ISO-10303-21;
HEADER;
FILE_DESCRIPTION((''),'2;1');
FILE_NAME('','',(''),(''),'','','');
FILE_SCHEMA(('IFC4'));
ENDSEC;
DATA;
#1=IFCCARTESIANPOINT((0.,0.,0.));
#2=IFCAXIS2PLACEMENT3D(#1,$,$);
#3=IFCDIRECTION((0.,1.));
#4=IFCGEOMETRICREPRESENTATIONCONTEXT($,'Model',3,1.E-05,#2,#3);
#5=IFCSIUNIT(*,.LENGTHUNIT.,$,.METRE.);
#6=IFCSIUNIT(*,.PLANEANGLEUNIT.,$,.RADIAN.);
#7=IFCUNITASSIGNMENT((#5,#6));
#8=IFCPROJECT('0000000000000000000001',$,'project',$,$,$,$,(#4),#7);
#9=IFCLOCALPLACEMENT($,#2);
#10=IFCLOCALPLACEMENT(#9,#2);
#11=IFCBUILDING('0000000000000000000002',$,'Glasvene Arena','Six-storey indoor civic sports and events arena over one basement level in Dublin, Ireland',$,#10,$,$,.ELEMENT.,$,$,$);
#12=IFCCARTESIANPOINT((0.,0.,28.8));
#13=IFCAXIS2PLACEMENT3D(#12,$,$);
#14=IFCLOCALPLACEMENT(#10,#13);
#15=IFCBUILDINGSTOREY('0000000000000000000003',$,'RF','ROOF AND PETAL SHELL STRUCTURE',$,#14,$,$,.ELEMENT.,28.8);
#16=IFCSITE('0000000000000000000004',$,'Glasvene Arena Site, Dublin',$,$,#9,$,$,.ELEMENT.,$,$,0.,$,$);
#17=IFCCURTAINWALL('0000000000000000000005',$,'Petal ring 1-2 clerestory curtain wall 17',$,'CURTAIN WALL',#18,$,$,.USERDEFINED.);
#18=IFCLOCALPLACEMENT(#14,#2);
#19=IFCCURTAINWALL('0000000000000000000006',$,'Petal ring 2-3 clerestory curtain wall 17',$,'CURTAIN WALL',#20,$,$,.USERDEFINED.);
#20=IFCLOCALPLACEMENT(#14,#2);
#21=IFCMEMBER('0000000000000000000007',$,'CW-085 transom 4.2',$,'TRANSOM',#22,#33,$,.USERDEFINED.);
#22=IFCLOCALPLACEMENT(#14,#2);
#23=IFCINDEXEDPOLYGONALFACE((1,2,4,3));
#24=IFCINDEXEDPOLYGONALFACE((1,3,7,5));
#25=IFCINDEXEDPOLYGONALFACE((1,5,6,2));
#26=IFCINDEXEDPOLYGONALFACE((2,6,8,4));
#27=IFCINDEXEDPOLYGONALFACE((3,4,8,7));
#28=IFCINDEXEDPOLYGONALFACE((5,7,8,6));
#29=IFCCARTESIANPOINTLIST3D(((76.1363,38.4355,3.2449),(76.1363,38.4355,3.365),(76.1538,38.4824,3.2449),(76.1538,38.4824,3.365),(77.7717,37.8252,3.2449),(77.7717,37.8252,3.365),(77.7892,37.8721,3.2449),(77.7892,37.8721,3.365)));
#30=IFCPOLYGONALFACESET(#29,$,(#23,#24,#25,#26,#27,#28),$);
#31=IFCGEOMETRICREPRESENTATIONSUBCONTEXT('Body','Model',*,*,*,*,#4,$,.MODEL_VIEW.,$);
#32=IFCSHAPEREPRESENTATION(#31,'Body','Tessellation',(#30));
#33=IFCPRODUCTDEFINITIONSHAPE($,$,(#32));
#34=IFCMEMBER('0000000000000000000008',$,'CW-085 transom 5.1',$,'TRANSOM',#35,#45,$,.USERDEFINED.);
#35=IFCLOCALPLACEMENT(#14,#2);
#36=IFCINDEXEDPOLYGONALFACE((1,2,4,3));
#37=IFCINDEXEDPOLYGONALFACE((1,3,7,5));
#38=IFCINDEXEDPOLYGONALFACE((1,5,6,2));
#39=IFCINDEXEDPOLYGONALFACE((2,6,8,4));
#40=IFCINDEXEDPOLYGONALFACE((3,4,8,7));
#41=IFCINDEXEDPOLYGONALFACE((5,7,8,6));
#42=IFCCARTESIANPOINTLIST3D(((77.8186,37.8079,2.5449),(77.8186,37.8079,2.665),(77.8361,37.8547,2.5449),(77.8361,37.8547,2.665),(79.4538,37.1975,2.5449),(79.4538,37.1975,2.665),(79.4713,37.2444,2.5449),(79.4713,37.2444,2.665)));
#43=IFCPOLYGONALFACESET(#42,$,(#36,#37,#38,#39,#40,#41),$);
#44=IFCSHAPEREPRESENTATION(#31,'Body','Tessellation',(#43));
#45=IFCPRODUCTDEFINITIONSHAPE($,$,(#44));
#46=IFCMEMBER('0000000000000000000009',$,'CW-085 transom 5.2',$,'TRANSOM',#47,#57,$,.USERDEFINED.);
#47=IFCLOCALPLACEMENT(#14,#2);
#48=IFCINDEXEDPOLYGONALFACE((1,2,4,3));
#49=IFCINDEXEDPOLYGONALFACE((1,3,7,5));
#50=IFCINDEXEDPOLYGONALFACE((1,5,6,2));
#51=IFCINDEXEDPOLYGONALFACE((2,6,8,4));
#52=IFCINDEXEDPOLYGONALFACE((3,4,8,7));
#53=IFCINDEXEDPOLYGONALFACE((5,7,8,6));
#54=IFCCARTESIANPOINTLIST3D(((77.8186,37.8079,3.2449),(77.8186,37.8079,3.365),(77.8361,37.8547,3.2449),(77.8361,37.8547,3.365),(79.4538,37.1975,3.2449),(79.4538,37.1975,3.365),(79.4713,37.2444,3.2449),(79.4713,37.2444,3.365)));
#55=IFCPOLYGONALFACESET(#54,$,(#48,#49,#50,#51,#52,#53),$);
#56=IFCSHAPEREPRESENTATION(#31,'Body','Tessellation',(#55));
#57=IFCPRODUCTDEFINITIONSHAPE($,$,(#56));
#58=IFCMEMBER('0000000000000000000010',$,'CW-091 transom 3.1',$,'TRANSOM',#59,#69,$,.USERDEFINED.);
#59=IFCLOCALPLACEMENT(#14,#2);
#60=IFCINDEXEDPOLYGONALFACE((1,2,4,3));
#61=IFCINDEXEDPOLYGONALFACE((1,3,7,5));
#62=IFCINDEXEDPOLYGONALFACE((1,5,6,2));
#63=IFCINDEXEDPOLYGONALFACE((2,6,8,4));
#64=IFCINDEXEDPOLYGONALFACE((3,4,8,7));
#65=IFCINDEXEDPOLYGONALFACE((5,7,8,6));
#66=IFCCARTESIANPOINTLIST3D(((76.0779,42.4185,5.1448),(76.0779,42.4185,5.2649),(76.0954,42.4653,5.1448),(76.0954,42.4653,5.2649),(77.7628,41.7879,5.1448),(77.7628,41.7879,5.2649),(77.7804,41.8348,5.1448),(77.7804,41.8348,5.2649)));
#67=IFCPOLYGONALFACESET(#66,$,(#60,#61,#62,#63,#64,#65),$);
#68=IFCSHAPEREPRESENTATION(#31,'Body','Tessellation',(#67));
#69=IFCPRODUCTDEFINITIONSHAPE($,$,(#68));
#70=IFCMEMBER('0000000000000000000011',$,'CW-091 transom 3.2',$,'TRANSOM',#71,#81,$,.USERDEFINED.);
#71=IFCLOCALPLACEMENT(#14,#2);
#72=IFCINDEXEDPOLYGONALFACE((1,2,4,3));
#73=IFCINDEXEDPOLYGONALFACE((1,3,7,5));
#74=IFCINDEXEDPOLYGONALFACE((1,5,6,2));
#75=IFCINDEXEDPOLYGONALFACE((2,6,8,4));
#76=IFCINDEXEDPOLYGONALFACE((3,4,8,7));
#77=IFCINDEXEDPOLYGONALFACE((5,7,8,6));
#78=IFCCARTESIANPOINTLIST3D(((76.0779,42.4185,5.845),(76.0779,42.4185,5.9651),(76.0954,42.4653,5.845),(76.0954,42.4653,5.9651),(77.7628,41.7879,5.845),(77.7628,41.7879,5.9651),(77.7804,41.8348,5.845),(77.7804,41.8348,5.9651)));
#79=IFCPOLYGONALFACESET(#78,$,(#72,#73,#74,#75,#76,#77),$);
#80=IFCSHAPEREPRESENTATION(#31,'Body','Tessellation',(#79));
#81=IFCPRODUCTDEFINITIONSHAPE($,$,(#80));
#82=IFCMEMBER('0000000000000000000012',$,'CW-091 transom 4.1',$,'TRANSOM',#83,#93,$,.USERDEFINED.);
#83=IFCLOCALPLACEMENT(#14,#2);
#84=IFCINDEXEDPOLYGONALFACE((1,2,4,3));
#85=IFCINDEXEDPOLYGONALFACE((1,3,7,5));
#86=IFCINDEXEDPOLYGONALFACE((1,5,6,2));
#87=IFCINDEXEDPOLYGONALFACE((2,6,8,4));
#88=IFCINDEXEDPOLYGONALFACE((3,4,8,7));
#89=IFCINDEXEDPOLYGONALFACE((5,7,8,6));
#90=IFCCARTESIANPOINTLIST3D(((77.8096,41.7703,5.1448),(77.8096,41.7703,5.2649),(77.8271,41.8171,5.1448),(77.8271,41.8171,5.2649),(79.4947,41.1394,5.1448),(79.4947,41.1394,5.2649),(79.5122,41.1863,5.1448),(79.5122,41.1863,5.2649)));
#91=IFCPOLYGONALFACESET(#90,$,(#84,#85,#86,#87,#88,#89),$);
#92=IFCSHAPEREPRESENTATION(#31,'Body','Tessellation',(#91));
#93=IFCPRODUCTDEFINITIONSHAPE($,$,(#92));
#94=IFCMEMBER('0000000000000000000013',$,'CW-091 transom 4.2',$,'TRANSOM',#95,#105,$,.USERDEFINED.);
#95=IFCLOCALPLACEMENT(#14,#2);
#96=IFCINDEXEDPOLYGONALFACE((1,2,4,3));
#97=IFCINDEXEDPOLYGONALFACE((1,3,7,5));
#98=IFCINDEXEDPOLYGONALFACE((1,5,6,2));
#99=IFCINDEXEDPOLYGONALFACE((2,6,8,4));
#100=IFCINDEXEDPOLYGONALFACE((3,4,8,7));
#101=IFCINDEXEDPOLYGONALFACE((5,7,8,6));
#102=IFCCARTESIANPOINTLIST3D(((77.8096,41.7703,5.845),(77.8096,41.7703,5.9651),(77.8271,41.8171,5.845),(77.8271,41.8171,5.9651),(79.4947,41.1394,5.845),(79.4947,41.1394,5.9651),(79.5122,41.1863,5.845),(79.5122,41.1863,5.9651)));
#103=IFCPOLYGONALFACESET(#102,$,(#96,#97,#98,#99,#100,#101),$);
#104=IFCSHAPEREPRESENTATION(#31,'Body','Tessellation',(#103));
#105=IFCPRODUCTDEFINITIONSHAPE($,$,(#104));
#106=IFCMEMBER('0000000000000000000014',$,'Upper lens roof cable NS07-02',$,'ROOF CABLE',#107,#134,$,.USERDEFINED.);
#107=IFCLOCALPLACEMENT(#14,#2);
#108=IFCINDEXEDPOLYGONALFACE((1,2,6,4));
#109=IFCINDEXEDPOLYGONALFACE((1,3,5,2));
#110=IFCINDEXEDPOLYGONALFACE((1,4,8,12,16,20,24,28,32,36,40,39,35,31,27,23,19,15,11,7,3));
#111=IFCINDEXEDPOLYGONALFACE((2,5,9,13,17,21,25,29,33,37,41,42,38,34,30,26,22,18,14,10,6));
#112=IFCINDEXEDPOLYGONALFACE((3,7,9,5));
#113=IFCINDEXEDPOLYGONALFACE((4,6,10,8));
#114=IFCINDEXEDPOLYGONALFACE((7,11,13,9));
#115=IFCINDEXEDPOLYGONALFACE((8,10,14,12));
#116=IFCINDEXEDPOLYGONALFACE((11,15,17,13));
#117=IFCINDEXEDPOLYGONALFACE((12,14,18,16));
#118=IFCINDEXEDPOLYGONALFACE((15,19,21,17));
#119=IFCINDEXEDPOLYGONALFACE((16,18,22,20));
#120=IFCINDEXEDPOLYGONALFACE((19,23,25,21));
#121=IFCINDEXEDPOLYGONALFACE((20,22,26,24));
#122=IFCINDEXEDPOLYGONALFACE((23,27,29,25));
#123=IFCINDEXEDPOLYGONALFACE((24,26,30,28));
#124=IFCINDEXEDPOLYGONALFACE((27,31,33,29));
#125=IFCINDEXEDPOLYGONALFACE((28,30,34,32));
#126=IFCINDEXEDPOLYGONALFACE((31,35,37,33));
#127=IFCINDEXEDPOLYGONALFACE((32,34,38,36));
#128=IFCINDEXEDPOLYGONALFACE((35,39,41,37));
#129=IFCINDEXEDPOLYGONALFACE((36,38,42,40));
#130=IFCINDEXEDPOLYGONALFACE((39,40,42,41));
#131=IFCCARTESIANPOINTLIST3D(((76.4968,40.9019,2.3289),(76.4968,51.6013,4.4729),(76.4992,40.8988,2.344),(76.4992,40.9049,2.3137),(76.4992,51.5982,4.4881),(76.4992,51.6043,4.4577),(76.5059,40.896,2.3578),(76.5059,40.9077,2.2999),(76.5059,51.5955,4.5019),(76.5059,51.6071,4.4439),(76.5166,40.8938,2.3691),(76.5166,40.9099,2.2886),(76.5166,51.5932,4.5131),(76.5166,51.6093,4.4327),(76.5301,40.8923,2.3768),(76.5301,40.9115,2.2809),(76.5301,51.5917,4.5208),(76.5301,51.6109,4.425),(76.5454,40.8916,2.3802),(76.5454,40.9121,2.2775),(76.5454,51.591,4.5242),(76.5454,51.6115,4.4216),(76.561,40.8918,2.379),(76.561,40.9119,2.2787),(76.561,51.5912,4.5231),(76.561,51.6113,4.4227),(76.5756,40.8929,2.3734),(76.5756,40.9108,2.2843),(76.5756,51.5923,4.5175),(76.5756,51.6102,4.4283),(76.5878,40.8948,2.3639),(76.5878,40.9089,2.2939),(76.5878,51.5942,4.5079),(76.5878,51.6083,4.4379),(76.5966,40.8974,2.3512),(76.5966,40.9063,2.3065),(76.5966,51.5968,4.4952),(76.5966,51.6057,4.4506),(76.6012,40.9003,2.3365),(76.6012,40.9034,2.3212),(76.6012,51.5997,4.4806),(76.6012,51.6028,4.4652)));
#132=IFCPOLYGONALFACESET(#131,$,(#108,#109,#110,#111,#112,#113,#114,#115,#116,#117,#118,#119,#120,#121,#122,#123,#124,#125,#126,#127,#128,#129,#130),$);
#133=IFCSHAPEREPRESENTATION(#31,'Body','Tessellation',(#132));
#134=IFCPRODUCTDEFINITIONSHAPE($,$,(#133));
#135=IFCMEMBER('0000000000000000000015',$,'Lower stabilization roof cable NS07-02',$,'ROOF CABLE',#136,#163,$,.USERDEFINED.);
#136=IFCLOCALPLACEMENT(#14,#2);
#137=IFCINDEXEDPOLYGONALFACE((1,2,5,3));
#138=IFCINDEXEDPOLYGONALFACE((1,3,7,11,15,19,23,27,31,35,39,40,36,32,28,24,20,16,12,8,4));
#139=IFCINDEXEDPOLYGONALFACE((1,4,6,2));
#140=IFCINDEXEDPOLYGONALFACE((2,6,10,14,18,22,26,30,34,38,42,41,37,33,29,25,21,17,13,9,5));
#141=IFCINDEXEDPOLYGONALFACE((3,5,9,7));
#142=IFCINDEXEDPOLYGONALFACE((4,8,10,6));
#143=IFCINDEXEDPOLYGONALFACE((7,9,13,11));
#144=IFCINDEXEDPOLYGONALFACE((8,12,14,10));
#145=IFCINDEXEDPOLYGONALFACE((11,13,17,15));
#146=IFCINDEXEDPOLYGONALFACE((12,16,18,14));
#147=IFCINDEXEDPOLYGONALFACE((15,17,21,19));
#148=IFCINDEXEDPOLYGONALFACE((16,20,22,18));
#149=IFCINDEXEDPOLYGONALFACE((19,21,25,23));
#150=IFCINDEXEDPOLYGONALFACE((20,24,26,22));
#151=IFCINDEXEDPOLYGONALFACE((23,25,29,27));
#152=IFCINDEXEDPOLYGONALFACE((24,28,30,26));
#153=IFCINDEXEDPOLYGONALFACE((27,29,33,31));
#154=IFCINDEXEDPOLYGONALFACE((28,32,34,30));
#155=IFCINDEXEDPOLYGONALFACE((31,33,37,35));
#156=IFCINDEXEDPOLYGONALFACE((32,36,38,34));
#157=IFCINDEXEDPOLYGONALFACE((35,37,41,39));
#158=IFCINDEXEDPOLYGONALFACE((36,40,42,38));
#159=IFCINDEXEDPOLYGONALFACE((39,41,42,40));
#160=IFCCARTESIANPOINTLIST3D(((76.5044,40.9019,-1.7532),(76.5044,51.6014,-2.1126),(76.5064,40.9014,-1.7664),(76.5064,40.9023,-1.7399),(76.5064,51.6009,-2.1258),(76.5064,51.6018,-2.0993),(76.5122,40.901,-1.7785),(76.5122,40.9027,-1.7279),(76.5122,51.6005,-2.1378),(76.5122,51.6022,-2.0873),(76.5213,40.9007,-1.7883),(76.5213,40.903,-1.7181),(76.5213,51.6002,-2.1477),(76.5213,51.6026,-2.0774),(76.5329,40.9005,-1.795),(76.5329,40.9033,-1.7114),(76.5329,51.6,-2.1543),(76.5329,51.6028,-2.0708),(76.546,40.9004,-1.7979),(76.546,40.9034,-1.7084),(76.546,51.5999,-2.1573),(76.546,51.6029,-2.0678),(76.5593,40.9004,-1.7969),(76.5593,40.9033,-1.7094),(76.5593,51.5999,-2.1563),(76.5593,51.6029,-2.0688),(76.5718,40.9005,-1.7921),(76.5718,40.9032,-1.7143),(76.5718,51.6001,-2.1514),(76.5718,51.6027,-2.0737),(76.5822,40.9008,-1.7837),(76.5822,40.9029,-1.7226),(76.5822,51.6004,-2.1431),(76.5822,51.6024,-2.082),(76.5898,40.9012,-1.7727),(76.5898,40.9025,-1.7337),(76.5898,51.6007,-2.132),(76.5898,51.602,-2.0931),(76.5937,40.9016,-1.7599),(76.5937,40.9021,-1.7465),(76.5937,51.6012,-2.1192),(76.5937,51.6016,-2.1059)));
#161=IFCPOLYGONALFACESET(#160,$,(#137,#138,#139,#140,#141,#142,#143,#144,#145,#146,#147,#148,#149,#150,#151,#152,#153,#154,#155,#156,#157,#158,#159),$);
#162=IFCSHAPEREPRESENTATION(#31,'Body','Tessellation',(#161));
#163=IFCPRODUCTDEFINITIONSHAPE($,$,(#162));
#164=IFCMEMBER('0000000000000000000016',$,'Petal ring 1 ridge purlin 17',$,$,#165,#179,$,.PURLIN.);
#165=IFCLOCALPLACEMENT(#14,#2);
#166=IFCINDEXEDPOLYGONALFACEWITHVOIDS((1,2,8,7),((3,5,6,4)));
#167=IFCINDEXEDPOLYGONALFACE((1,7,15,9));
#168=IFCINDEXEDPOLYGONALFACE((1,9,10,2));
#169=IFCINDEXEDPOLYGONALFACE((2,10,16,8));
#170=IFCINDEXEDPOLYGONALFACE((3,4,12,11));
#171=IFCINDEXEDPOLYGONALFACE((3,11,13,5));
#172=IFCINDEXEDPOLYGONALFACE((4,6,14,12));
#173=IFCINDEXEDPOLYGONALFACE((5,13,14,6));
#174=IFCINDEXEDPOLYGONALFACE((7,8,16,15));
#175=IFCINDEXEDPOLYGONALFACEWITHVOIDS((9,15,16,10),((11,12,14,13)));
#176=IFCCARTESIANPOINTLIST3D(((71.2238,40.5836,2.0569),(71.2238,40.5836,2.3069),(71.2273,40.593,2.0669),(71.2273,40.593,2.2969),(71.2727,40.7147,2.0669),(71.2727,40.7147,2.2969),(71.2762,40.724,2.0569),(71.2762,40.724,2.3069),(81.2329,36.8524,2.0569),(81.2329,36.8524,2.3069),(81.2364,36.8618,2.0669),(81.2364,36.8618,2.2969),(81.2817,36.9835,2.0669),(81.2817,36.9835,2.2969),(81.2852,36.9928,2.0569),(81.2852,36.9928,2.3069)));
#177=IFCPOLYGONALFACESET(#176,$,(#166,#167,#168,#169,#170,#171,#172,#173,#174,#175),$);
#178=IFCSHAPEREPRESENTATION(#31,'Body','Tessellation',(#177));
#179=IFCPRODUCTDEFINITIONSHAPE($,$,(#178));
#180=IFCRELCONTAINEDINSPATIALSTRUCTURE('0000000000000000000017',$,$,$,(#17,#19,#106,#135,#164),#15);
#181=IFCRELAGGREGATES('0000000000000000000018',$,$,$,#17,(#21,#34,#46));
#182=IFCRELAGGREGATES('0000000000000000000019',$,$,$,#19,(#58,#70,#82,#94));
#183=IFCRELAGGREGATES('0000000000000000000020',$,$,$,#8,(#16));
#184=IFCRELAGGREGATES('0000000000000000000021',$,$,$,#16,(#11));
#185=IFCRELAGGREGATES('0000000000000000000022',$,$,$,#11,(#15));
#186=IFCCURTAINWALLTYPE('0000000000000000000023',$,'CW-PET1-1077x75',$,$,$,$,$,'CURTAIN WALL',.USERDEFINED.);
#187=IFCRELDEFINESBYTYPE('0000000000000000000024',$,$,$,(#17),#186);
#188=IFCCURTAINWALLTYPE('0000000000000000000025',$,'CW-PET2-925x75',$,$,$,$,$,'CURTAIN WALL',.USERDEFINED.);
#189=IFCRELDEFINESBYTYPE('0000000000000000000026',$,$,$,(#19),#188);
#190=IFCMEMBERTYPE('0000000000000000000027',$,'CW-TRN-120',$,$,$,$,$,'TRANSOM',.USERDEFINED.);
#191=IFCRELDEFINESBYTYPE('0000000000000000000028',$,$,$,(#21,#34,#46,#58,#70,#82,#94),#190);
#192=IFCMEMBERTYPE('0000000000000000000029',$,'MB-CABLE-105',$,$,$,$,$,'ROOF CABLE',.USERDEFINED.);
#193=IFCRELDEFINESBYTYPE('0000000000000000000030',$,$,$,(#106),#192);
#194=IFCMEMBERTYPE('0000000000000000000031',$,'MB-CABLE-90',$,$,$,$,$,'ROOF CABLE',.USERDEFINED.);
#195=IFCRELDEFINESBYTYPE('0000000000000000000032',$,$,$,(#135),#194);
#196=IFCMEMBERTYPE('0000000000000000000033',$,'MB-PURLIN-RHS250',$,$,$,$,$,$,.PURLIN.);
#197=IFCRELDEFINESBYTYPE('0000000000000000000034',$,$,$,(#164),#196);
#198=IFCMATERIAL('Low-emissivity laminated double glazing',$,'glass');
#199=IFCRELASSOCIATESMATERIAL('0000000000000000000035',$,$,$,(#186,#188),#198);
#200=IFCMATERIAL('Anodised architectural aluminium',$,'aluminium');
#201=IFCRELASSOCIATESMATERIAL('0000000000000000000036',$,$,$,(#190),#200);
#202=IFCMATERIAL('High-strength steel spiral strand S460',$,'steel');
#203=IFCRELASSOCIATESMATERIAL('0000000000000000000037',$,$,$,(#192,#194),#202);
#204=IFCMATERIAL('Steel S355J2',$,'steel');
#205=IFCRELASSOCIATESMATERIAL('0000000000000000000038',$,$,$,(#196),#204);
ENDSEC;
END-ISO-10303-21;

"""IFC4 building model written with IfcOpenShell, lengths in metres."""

from ifc_helpers import new_model, si_unit, direction, frame, origin, origin_2d, place, context, subcontext, project, spatial, rectangle, hollow_rectangle, circle, extrude, material, material_profile, profile_set, type_object, element, aggregate, save


model = new_model("IFC4")

# Units and contexts
model_context = context("Model", 3, precision=1e-05, world=origin(), true_north=direction((0.0, 1.0)))
body_context = subcontext(model_context, "Body", "Model", "MODEL_VIEW")
ifc_project = project(units=[si_unit("LENGTHUNIT", "METRE"), si_unit("PLANEANGLEUNIT", "RADIAN")], contexts=[model_context])

# Site, building, storey
site_placement = place(None, origin())
site = spatial("IfcSite", under=ifc_project, at=site_placement, Name="Glasvene Arena Site, Dublin", CompositionType="ELEMENT", RefElevation=0.0)
building_placement = place(site_placement, origin())
building = spatial("IfcBuilding", under=site, at=building_placement, Name="Glasvene Arena", Description="Six-storey indoor civic sports and events arena over one basement level in Dublin, Ireland", CompositionType="ELEMENT")
storey_placement = place(building_placement, frame((0.0, 0.0, 28.8)))
storey = spatial("IfcBuildingStorey", under=building, at=storey_placement, Name="RF", Description="ROOF AND PETAL SHELL STRUCTURE", CompositionType="ELEMENT", Elevation=28.8)

# Curtain walls
ifc_material_1 = material(Name="Low-emissivity laminated double glazing", Category="glass")
curtain_wall_type_1 = type_object("IfcCurtainWallType", Name="CW-PET1-1077x75", ElementType="CURTAIN WALL", PredefinedType="USERDEFINED", material=ifc_material_1)
curtain_wall_1_placement = place(storey_placement, frame((71.075, 40.3508, 0.0)))
curtain_wall_1 = element("IfcCurtainWall", 1, at=curtain_wall_1_placement, inside=storey, type_object=curtain_wall_type_1, Name="Petal ring 1-2 clerestory curtain wall 17", ObjectType="CURTAIN WALL", PredefinedType="USERDEFINED")
ifc_material_2 = material(Name="Anodised architectural aluminium", Category="aluminium")
curtain_wall_type_2 = type_object("IfcCurtainWallType", Name="CW-PET2-925x75", ElementType="CURTAIN WALL", PredefinedType="USERDEFINED", material=ifc_material_1)
curtain_wall_2_placement = place(storey_placement, frame((72.6001, 43.7476, 0.0)))
curtain_wall_2 = element("IfcCurtainWall", 2, at=curtain_wall_2_placement, inside=storey, type_object=curtain_wall_type_2, Name="Petal ring 2-3 clerestory curtain wall 17", ObjectType="CURTAIN WALL", PredefinedType="USERDEFINED")

# Members
ifc_material_profile_1 = material_profile(ifc_material_2, rectangle(XDim=0.05, YDim=0.1201, at=origin_2d()), Name="ALU TRANSOM 50x120")
ifc_profile_set_1 = profile_set([ifc_material_profile_1], Name="Anodised architectural aluminium")
member_type_1 = type_object("IfcMemberType", Name="CW-TRN-120", ElementType="TRANSOM", PredefinedType="USERDEFINED", material=ifc_profile_set_1)
member_1_placement = place(storey_placement, frame((76.145, 38.459, 3.3049), z_axis=(0.936885, -0.349636, 0.0), x_axis=(0.349636, 0.936885, 0.0)))
member_1 = element("IfcMember", 3, at=member_1_placement, type_object=member_type_1, Name="CW-085 transom 4.2", ObjectType="TRANSOM", PredefinedType="USERDEFINED", context=body_context, shape_type="SweptSolid", body=[
    extrude(rectangle(XDim=0.05, YDim=0.1201, at=origin_2d()), origin(), (0.0, 0.0, 1.0), 1.7456),
])
member_2_placement = place(storey_placement, frame((77.8274, 37.8313, 2.605), z_axis=(0.936868, -0.349682, 0.0), x_axis=(0.349682, 0.936868, 0.0)))
member_2 = element("IfcMember", 4, at=member_2_placement, type_object=member_type_1, Name="CW-085 transom 5.1", ObjectType="TRANSOM", PredefinedType="USERDEFINED", context=body_context, shape_type="SweptSolid", body=[
    extrude(rectangle(XDim=0.05, YDim=0.1201, at=origin_2d()), origin(), (0.0, 0.0, 1.0), 1.7454),
])
member_3_placement = place(storey_placement, frame((77.8274, 37.8313, 3.3049), z_axis=(0.936868, -0.349682, 0.0), x_axis=(0.349682, 0.936868, 0.0)))
member_3 = element("IfcMember", 5, at=member_3_placement, type_object=member_type_1, Name="CW-085 transom 5.2", ObjectType="TRANSOM", PredefinedType="USERDEFINED", context=body_context, shape_type="SweptSolid", body=[
    extrude(rectangle(XDim=0.05, YDim=0.1201, at=origin_2d()), origin(), (0.0, 0.0, 1.0), 1.7454),
])
member_4_placement = place(storey_placement, frame((76.0867, 42.4419, 5.2048), z_axis=(0.936563, -0.350499, 0.0), x_axis=(0.350499, 0.936563, 0.0)))
member_4 = element("IfcMember", 6, at=member_4_placement, type_object=member_type_1, Name="CW-091 transom 3.1", ObjectType="TRANSOM", PredefinedType="USERDEFINED", context=body_context, shape_type="SweptSolid", body=[
    extrude(rectangle(XDim=0.05, YDim=0.1201, at=origin_2d()), origin(), (0.0, 0.0, 1.0), 1.7991),
])
member_5_placement = place(storey_placement, frame((76.0867, 42.4419, 5.905), z_axis=(0.936563, -0.350499, 0.0), x_axis=(0.350499, 0.936563, 0.0)))
member_5 = element("IfcMember", 7, at=member_5_placement, type_object=member_type_1, Name="CW-091 transom 3.2", ObjectType="TRANSOM", PredefinedType="USERDEFINED", context=body_context, shape_type="SweptSolid", body=[
    extrude(rectangle(XDim=0.05, YDim=0.1201, at=origin_2d()), origin(), (0.0, 0.0, 1.0), 1.7991),
])
member_6_placement = place(storey_placement, frame((77.8184, 41.7937, 5.2048), z_axis=(0.936519, -0.350618, 0.0), x_axis=(0.350618, 0.936519, 0.0)))
member_6 = element("IfcMember", 8, at=member_6_placement, type_object=member_type_1, Name="CW-091 transom 4.1", ObjectType="TRANSOM", PredefinedType="USERDEFINED", context=body_context, shape_type="SweptSolid", body=[
    extrude(rectangle(XDim=0.05, YDim=0.1201, at=origin_2d()), origin(), (0.0, 0.0, 1.0), 1.7993),
])
member_7_placement = place(storey_placement, frame((77.8184, 41.7937, 5.905), z_axis=(0.936519, -0.350618, 0.0), x_axis=(0.350618, 0.936519, 0.0)))
member_7 = element("IfcMember", 9, at=member_7_placement, type_object=member_type_1, Name="CW-091 transom 4.2", ObjectType="TRANSOM", PredefinedType="USERDEFINED", context=body_context, shape_type="SweptSolid", body=[
    extrude(rectangle(XDim=0.05, YDim=0.1201, at=origin_2d()), origin(), (0.0, 0.0, 1.0), 1.7993),
])

# Members
ifc_material_3 = material(Name="High-strength steel spiral strand S460", Category="steel")
ifc_material_profile_2 = material_profile(ifc_material_3, circle(Radius=0.0525, at=origin_2d()), Name="LCSS D105")
ifc_profile_set_2 = profile_set([ifc_material_profile_2], Name="High-strength steel spiral strand S460")
member_type_2 = type_object("IfcMemberType", Name="MB-CABLE-105", ElementType="ROOF CABLE", PredefinedType="USERDEFINED", material=ifc_profile_set_2)
member_8_placement = place(storey_placement, frame((76.5493, 40.9019, 2.3289), z_axis=(0.0, 0.980507, 0.196482), x_axis=(-1.0, 0.0, 0.0)))
element("IfcMember", 10, at=member_8_placement, inside=storey, type_object=member_type_2, Name="Upper lens roof cable NS07-02", ObjectType="ROOF CABLE", PredefinedType="USERDEFINED", context=body_context, shape_type="SweptSolid", body=[
    extrude(circle(Radius=0.0525, at=origin_2d()), origin(), (0.0, 0.0, 1.0), 10.9121),
])
ifc_material_profile_3 = material_profile(ifc_material_3, circle(Radius=0.0449, at=origin_2d()), Name="LCSS D90")
ifc_profile_set_3 = profile_set([ifc_material_profile_3], Name="High-strength steel spiral strand S460")
member_type_3 = type_object("IfcMemberType", Name="MB-CABLE-90", ElementType="ROOF CABLE", PredefinedType="USERDEFINED", material=ifc_profile_set_3)
member_9_placement = place(storey_placement, frame((76.5493, 40.9019, -1.7532), z_axis=(0.0, 0.999436, -0.033569), x_axis=(-1.0, 0.0, 0.0)))
element("IfcMember", 11, at=member_9_placement, inside=storey, type_object=member_type_3, Name="Lower stabilization roof cable NS07-02", ObjectType="ROOF CABLE", PredefinedType="USERDEFINED", context=body_context, shape_type="SweptSolid", body=[
    extrude(circle(Radius=0.0449, at=origin_2d()), origin(), (0.0, 0.0, 1.0), 10.7056),
])
ifc_material_4 = material(Name="Steel S355J2", Category="steel")
ifc_material_profile_4 = material_profile(ifc_material_4, hollow_rectangle(XDim=0.1499, YDim=0.25, WallThickness=0.01, at=origin_2d()), Name="RHS 250x150x10.0")
ifc_profile_set_4 = profile_set([ifc_material_profile_4], Name="Steel S355J2")
member_type_4 = type_object("IfcMemberType", Name="MB-PURLIN-RHS250", PredefinedType="PURLIN", material=ifc_profile_set_4)
member_10_placement = place(storey_placement, frame((71.25, 40.6538, 2.1819), z_axis=(0.93701, -0.349302, 0.0), x_axis=(0.349302, 0.93701, 0.0)))
element("IfcMember", 12, at=member_10_placement, inside=storey, type_object=member_type_4, Name="Petal ring 1 ridge purlin 17", PredefinedType="PURLIN", context=body_context, shape_type="SweptSolid", body=[
    extrude(hollow_rectangle(XDim=0.1499, YDim=0.25, WallThickness=0.01, at=origin_2d()), origin(), (0.0, 0.0, 1.0), 10.6819),
])

aggregate(curtain_wall_1, [member_1, member_2, member_3])
aggregate(curtain_wall_2, [member_4, member_5, member_6, member_7])

save(model, "model.ifc")
